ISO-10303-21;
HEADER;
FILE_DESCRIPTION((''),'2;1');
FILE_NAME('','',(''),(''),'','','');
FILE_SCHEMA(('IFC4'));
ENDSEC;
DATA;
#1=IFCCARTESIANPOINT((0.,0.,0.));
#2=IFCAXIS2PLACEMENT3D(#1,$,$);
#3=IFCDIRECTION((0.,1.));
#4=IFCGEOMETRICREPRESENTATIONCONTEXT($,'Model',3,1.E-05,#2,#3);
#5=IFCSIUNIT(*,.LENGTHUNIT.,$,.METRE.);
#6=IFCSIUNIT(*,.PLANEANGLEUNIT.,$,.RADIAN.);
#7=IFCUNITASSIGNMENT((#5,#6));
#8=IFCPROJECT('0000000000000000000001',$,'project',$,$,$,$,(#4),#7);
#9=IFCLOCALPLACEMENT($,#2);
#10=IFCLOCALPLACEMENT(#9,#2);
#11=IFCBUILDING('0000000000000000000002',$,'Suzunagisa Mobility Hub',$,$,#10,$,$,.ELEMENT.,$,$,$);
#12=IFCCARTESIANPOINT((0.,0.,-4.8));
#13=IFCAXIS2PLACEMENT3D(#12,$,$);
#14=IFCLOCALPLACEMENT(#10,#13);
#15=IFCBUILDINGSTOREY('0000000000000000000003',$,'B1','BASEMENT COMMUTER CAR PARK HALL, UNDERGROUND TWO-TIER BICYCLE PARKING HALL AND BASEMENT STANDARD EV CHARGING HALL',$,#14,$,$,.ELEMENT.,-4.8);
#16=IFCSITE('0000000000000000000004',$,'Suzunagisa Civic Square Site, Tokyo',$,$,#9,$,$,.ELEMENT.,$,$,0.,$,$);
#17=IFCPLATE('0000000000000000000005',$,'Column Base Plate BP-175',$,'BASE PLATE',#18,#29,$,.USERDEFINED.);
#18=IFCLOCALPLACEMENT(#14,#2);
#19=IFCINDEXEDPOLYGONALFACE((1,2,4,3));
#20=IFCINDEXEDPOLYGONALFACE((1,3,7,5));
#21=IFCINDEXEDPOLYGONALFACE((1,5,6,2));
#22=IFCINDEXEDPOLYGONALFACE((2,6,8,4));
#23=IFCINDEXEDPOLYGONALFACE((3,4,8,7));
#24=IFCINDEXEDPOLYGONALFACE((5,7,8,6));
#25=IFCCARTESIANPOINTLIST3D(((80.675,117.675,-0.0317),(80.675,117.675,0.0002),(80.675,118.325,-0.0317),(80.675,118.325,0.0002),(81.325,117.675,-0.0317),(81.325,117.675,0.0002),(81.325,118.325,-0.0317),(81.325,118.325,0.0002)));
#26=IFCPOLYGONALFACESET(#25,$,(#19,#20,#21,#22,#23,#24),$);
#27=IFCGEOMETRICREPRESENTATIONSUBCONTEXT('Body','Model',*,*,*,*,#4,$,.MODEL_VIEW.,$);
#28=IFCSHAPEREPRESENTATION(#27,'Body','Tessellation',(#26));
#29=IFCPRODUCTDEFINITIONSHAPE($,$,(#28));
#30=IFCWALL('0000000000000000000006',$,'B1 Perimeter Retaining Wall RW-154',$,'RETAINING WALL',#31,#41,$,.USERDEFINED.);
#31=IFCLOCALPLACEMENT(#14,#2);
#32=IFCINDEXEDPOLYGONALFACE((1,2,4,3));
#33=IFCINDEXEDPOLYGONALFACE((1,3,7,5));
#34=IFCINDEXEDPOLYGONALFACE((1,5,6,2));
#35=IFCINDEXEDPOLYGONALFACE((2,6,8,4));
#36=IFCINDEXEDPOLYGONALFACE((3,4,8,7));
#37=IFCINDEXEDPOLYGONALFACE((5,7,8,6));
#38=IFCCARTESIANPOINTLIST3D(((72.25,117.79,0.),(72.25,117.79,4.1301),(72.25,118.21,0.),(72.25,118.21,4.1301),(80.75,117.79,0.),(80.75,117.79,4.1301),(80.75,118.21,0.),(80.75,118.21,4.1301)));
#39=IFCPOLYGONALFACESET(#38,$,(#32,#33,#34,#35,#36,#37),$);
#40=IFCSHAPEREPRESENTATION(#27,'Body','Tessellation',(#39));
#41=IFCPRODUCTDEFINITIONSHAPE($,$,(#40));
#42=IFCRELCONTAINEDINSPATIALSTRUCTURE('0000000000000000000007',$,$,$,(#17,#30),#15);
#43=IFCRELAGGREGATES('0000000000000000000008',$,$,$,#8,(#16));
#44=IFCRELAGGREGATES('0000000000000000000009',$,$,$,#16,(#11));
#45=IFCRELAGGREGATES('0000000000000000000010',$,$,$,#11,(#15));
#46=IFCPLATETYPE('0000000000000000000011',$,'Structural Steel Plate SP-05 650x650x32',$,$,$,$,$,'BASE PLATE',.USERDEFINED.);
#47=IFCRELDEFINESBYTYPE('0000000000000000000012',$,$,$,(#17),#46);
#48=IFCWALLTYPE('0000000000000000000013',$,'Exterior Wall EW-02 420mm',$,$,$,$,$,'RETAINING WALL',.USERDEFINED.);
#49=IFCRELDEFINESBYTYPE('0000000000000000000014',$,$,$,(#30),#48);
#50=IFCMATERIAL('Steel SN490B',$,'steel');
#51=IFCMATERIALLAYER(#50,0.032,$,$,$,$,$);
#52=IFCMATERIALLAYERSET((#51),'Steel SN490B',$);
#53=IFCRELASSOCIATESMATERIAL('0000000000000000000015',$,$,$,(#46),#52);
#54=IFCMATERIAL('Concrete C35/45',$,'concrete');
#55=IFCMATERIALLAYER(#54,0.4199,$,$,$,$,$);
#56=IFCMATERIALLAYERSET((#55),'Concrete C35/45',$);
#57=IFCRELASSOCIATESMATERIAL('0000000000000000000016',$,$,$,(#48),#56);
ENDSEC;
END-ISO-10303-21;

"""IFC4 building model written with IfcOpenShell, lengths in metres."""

from ifc_helpers import new_model, si_unit, direction, frame, frame_2d, origin, origin_2d, place, context, subcontext, project, spatial, rectangle, extrude, material, layer, layer_set, type_object, element, save


model = new_model("IFC4")

# Units and contexts
model_context = context("Model", 3, precision=1e-05, world=origin(), true_north=direction((0.0, 1.0)))
body_context = subcontext(model_context, "Body", "Model", "MODEL_VIEW")
ifc_project = project(units=[si_unit("LENGTHUNIT", "METRE"), si_unit("PLANEANGLEUNIT", "RADIAN")], contexts=[model_context])

# Site, building, storey
site_placement = place(None, origin())
site = spatial("IfcSite", under=ifc_project, at=site_placement, Name="Suzunagisa Civic Square Site, Tokyo", CompositionType="ELEMENT", RefElevation=0.0)
building_placement = place(site_placement, origin())
building = spatial("IfcBuilding", under=site, at=building_placement, Name="Suzunagisa Mobility Hub", CompositionType="ELEMENT")
storey_placement = place(building_placement, frame((0.0, 0.0, -4.8)))
storey = spatial("IfcBuildingStorey", under=building, at=storey_placement, Name="B1", Description="BASEMENT COMMUTER CAR PARK HALL, UNDERGROUND TWO-TIER BICYCLE PARKING HALL AND BASEMENT STANDARD EV CHARGING HALL", CompositionType="ELEMENT", Elevation=-4.8)

# Shared definitions
ifc_material_1 = material(Name="Concrete C35/45", Category="concrete")

# Shared definitions
ifc_material_2 = material(Name="Steel SN490B", Category="steel")

# Plate
ifc_layer_1 = layer(ifc_material_2, 0.032)
ifc_layer_set_1 = layer_set([ifc_layer_1], Name="Steel SN490B")
plate_type = type_object("IfcPlateType", Name="Structural Steel Plate SP-05 650x650x32", ElementType="BASE PLATE", PredefinedType="USERDEFINED", material=ifc_layer_set_1)
for number, where, z_axis, x_axis, name in (
    (1, (81.0, 118.0, -0.0317), (0.0, 0.0, 1.0), (1.0, 0.0, 0.0), "Column Base Plate BP-175"),
):
    element("IfcPlate", number, at=place(storey_placement, frame(where, z_axis=z_axis, x_axis=x_axis)), inside=storey, type_object=plate_type, Name=name, ObjectType="BASE PLATE", PredefinedType="USERDEFINED", context=body_context, shape_type="SweptSolid", body=[
        extrude(rectangle(XDim=0.6499, YDim=0.6499, at=origin_2d()), origin(), (0.0, 0.0, 1.0), 0.032),
    ])

# Wall
ifc_layer_2 = layer(ifc_material_1, 0.4199)
ifc_layer_set_2 = layer_set([ifc_layer_2], Name="Concrete C35/45")
wall_type = type_object("IfcWallType", Name="Exterior Wall EW-02 420mm", ElementType="RETAINING WALL", PredefinedType="USERDEFINED", material=ifc_layer_set_2)
wall_placement = place(storey_placement, frame((80.75, 118.0, 0.0), z_axis=(0.0, 0.0, 1.0), x_axis=(-1.0, 0.0, 0.0)))
element("IfcWall", 2, at=wall_placement, inside=storey, type_object=wall_type, Name="B1 Perimeter Retaining Wall RW-154", ObjectType="RETAINING WALL", PredefinedType="USERDEFINED", context=body_context, shape_type="SweptSolid", body=[
    extrude(rectangle(XDim=8.5, YDim=0.4199, at=frame_2d((4.25, 0.0))), origin(), (0.0, 0.0, 1.0), 4.1301),
])

save(model, "model.ifc")
